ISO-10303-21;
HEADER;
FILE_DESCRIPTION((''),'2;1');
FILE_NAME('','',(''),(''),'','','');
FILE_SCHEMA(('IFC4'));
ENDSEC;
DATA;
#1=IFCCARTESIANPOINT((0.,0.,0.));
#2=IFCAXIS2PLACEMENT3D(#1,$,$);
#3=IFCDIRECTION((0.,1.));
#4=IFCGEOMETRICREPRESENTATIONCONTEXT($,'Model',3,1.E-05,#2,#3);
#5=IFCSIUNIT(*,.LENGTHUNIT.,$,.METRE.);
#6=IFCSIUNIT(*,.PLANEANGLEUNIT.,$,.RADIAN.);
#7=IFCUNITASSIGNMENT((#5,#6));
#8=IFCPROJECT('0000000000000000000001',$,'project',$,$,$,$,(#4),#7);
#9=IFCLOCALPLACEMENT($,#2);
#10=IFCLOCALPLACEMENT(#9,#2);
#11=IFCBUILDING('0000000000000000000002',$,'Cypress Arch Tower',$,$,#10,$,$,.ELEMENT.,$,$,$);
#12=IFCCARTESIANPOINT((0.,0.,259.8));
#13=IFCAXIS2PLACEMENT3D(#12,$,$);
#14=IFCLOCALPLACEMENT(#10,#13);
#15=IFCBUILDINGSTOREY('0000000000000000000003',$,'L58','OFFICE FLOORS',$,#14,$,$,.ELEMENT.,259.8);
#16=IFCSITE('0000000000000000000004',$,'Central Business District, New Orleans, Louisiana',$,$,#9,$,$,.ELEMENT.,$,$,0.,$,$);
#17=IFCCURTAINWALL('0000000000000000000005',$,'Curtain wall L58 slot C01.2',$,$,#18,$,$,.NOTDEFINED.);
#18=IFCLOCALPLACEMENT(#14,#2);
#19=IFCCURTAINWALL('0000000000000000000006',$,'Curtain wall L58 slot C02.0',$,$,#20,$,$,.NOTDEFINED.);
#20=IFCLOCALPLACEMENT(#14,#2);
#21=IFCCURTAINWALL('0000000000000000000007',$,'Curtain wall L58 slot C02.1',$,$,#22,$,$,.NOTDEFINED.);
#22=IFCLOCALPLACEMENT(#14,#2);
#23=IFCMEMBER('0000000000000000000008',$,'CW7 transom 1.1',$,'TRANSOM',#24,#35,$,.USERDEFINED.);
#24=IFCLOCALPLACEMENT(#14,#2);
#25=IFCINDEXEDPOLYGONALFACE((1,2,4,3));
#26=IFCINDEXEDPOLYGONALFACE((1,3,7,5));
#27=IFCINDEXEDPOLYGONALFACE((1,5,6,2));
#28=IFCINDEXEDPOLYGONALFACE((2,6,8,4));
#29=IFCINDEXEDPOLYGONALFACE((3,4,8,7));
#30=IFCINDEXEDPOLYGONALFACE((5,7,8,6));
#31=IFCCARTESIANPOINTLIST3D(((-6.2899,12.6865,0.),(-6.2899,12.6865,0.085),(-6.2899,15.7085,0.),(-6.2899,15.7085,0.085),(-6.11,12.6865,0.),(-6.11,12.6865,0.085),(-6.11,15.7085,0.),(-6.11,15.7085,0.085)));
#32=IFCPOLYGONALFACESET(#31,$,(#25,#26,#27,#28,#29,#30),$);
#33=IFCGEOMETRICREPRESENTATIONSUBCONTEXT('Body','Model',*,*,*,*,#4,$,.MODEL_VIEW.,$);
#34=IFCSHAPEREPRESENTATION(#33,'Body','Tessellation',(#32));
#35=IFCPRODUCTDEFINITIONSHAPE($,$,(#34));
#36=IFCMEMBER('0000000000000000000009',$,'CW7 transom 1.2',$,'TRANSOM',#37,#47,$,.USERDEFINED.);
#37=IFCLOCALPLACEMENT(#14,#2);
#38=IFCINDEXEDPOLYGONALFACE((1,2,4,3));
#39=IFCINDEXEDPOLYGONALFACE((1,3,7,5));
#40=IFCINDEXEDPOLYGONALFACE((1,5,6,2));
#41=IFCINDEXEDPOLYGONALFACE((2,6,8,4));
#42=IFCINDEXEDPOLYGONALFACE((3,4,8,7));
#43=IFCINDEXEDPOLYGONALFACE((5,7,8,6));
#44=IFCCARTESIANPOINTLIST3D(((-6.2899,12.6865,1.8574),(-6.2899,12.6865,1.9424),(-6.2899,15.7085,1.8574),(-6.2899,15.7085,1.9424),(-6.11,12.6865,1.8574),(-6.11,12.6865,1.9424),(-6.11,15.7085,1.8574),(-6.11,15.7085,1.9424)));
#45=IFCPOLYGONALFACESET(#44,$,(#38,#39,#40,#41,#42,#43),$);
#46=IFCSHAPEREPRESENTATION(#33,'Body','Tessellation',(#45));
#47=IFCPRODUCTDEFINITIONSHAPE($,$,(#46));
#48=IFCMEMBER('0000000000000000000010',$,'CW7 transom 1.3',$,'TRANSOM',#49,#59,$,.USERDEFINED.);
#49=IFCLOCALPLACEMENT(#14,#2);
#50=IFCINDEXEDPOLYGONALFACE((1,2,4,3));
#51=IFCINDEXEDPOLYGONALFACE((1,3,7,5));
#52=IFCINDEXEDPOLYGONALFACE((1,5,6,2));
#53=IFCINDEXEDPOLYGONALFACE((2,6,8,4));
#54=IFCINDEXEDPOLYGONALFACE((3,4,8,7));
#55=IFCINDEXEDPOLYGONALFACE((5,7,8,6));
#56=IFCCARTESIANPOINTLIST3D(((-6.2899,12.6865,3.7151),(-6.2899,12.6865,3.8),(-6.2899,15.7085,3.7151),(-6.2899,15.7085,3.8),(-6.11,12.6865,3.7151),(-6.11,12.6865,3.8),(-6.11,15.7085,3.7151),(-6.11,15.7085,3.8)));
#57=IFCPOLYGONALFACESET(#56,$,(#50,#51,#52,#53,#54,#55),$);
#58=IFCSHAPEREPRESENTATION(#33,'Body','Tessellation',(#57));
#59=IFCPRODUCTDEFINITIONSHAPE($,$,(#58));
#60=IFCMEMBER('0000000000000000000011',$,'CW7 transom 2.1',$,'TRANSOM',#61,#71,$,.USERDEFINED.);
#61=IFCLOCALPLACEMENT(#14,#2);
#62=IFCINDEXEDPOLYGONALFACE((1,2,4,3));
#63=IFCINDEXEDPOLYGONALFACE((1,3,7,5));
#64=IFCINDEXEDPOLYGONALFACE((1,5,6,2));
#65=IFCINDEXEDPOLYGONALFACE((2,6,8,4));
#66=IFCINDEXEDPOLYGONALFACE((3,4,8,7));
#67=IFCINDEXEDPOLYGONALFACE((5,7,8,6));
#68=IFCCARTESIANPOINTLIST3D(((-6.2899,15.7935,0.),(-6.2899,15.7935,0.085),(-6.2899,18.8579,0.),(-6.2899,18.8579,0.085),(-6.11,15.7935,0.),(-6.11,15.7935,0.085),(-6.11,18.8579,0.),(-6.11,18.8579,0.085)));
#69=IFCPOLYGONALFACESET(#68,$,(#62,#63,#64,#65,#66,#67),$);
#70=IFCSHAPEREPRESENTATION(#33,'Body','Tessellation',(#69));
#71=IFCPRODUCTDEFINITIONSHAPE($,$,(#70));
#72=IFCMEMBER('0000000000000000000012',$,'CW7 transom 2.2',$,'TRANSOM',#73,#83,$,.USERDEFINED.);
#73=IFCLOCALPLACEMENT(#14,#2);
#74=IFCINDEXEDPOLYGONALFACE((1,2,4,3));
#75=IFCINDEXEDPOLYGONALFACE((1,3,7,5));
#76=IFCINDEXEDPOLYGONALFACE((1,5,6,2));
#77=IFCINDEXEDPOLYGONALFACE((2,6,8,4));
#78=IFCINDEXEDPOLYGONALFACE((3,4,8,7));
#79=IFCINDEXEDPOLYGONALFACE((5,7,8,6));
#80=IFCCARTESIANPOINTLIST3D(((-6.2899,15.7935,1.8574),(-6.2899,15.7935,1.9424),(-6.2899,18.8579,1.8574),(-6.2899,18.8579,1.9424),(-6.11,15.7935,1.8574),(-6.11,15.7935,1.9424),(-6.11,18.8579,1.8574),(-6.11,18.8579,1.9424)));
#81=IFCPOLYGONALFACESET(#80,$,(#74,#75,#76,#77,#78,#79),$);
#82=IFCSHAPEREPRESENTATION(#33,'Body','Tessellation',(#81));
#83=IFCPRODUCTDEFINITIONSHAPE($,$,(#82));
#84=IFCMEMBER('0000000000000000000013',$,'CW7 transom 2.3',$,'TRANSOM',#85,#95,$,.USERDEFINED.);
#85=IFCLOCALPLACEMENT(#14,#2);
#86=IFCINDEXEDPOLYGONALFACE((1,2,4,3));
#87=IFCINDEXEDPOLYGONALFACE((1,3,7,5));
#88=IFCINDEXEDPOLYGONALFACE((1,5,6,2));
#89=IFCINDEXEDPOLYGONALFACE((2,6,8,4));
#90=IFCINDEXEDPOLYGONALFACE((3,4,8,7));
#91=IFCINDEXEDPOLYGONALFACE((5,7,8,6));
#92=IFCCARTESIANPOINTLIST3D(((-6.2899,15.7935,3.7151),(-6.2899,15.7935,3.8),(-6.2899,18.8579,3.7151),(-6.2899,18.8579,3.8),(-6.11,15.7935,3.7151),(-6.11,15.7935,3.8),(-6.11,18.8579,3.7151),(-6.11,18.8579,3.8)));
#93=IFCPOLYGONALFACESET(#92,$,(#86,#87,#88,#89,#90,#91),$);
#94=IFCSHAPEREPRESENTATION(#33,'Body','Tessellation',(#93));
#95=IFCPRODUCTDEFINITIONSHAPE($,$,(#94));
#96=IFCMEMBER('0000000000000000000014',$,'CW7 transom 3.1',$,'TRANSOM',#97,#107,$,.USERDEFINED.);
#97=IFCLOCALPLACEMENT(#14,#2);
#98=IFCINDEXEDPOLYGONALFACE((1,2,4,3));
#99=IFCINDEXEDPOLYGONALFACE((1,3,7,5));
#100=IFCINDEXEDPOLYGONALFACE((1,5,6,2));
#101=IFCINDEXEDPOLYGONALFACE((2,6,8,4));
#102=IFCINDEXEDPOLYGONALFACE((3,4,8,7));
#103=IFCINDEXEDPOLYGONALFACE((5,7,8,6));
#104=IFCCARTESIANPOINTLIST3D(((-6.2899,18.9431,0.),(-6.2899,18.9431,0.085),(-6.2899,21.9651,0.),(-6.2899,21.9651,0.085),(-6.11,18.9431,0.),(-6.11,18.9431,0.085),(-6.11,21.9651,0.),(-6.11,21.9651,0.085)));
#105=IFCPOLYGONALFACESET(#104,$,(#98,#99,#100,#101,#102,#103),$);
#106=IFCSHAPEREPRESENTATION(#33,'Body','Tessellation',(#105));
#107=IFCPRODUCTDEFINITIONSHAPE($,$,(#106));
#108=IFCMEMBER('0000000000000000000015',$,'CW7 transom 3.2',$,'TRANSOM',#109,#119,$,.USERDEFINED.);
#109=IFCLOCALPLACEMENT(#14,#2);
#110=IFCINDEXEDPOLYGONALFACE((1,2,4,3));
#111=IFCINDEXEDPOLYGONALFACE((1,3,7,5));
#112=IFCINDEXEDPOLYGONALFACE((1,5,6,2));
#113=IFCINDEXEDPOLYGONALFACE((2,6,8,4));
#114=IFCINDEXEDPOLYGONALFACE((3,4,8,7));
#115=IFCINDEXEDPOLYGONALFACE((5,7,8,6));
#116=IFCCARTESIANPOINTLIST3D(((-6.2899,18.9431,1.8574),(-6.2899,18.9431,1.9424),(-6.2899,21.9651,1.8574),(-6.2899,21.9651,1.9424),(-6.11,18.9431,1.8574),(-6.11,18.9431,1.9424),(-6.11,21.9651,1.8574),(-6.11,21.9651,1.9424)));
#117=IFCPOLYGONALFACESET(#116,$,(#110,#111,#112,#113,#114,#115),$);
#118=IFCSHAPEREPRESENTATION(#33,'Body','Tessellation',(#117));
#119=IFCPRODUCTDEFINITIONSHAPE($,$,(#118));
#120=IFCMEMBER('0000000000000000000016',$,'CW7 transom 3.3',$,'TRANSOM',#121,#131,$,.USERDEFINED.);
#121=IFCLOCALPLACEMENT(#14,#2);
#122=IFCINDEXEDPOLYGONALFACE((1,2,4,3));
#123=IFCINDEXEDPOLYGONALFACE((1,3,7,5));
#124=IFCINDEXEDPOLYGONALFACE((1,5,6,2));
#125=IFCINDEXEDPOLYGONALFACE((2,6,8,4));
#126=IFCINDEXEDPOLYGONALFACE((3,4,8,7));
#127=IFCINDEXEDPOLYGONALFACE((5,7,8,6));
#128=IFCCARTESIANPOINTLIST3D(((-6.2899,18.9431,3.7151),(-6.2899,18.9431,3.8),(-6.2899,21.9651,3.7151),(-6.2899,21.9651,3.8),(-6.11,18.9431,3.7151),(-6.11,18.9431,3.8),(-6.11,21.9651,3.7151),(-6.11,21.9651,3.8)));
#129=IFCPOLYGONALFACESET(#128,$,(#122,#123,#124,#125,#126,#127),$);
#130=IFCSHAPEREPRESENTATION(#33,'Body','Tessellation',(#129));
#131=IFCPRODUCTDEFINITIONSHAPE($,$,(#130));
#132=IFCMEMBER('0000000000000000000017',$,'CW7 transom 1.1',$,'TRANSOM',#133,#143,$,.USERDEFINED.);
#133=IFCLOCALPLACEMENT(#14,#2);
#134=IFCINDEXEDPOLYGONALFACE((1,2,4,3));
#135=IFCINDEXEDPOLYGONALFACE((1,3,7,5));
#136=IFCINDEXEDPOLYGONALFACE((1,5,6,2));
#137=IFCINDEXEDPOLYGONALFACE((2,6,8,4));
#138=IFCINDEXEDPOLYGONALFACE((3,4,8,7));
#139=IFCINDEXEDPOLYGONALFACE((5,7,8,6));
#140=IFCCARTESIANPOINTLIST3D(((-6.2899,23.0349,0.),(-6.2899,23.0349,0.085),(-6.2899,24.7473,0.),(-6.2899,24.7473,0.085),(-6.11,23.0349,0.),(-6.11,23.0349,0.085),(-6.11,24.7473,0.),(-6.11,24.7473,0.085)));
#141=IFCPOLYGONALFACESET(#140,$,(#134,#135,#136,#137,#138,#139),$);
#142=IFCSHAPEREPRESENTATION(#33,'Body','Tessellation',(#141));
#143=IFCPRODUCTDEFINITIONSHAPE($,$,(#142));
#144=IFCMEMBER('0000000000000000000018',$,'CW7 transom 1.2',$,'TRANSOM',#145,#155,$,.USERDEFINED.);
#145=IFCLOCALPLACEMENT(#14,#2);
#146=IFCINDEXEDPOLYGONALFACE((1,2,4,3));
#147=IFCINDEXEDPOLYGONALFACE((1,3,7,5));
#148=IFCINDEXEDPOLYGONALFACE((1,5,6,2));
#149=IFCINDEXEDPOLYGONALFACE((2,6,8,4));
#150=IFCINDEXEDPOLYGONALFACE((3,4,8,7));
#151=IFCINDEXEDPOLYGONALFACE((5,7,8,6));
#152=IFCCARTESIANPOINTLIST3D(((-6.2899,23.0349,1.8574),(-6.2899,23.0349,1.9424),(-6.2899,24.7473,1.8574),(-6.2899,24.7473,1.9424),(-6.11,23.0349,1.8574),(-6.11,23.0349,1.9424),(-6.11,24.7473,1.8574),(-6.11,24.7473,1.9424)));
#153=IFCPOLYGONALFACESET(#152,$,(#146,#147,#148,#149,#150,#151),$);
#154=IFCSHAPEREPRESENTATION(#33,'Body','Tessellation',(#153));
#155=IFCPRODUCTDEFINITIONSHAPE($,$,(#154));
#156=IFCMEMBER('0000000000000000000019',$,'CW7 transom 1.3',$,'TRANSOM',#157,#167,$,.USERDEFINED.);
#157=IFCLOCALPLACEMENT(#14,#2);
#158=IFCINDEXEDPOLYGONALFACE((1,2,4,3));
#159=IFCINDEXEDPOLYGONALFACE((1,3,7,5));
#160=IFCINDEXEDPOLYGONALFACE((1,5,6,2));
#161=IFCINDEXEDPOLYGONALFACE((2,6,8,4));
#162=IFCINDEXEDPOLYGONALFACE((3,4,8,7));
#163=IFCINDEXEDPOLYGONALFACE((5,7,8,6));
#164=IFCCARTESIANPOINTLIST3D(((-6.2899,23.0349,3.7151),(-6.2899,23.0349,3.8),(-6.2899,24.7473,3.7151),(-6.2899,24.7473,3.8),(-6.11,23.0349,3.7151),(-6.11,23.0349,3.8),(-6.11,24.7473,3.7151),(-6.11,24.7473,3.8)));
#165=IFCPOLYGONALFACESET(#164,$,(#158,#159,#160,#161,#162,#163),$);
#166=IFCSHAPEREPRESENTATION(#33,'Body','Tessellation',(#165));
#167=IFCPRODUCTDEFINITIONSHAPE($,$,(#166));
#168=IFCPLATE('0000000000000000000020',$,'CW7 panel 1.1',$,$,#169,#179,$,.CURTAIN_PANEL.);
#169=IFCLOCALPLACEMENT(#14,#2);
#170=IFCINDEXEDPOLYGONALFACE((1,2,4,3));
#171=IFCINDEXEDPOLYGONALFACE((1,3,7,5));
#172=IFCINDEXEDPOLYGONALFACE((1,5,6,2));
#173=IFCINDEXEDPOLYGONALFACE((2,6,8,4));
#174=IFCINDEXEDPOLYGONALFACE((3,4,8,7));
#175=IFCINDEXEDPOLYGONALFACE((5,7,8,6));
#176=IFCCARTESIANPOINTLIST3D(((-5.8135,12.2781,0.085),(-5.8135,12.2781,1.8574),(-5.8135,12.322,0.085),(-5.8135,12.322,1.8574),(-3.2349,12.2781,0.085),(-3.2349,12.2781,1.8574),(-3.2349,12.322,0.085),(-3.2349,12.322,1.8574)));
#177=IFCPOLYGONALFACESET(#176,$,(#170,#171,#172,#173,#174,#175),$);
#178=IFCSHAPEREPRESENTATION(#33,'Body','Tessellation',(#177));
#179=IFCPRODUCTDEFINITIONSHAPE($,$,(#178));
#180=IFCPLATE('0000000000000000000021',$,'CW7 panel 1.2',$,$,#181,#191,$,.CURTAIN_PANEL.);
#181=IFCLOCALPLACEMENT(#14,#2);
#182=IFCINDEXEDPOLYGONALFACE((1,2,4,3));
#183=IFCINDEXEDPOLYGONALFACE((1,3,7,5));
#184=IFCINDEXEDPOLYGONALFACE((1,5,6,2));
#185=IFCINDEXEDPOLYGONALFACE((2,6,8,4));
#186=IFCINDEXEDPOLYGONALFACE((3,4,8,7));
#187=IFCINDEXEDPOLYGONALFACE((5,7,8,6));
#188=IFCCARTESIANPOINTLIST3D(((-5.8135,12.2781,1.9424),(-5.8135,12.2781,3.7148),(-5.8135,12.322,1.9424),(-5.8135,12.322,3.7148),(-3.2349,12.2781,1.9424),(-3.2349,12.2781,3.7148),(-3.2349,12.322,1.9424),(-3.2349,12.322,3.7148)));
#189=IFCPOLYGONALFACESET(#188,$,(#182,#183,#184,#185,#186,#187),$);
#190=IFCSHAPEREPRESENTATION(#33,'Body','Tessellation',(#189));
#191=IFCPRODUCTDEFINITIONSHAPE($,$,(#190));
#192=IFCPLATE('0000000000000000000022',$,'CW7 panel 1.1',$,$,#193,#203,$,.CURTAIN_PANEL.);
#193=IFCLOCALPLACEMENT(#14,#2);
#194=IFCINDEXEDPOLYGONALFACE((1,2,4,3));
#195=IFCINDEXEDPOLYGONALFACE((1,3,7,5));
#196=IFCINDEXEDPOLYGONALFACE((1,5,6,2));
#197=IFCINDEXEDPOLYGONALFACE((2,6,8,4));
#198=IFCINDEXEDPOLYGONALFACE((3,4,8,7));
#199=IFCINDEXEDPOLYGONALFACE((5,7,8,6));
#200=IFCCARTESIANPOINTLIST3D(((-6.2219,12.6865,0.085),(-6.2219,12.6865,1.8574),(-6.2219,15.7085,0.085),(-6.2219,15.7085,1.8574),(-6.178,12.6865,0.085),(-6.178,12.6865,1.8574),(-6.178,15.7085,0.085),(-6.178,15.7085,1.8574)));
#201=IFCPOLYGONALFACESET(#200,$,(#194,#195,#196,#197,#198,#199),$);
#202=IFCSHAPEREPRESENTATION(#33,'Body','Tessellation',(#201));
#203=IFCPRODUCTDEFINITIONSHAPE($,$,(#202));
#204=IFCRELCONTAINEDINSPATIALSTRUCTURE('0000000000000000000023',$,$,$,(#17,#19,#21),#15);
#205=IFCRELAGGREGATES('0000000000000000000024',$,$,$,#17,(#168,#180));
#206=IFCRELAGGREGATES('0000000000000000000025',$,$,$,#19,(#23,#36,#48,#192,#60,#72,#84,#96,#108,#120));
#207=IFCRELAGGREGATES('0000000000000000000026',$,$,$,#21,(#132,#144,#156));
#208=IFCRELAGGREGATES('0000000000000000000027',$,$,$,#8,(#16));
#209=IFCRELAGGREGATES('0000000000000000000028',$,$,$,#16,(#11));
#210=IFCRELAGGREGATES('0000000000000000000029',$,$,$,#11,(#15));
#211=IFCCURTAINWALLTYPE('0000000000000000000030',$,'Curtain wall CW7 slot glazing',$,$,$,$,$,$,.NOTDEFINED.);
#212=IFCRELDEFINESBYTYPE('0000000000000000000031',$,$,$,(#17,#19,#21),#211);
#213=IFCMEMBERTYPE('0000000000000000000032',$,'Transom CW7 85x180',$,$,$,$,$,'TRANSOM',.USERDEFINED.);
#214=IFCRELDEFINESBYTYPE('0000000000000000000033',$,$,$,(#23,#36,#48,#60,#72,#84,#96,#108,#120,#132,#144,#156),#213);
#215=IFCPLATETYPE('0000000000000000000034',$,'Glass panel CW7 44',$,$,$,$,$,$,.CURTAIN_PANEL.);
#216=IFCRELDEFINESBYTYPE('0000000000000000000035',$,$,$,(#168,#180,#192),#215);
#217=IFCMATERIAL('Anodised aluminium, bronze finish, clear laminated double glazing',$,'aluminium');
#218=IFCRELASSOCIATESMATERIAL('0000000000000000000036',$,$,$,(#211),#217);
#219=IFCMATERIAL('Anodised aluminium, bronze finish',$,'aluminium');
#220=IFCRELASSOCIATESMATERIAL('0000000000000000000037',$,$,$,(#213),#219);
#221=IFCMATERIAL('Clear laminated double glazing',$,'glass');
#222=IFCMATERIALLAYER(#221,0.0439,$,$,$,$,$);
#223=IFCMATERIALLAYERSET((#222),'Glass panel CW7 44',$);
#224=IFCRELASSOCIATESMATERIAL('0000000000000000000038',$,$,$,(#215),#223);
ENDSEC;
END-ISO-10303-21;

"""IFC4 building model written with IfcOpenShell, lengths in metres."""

from ifc_helpers import new_model, si_unit, direction, frame, origin, origin_2d, place, context, subcontext, project, spatial, rectangle, extrude, material, layer, layer_set, material_profile, profile_set, type_object, element, aggregate, save


model = new_model("IFC4")

# Units and contexts
model_context = context("Model", 3, precision=1e-05, world=origin(), true_north=direction((0.0, 1.0)))
body_context = subcontext(model_context, "Body", "Model", "MODEL_VIEW")
ifc_project = project(units=[si_unit("LENGTHUNIT", "METRE"), si_unit("PLANEANGLEUNIT", "RADIAN")], contexts=[model_context])

# Site, building, storey
site_placement = place(None, origin())
site = spatial("IfcSite", under=ifc_project, at=site_placement, Name="Central Business District, New Orleans, Louisiana", CompositionType="ELEMENT", RefElevation=0.0)
building_placement = place(site_placement, origin())
building = spatial("IfcBuilding", under=site, at=building_placement, Name="Cypress Arch Tower", CompositionType="ELEMENT")
storey_placement = place(building_placement, frame((0.0, 0.0, 259.8)))
storey = spatial("IfcBuildingStorey", under=building, at=storey_placement, Name="L58", Description="OFFICE FLOORS", CompositionType="ELEMENT", Elevation=259.8)

# Shared definitions
ifc_material_1 = material(Name="Anodised aluminium, bronze finish, clear laminated double glazing", Category="aluminium")
curtain_wall_type = type_object("IfcCurtainWallType", Name="Curtain wall CW7 slot glazing", PredefinedType="NOTDEFINED", material=ifc_material_1)

# Curtain walls
curtain_wall_1_placement = place(storey_placement, origin())
curtain_wall_1 = element("IfcCurtainWall", 1, at=curtain_wall_1_placement, inside=storey, type_object=curtain_wall_type, Name="Curtain wall L58 slot C01.2", PredefinedType="NOTDEFINED")
curtain_wall_2_placement = place(storey_placement, origin())
curtain_wall_2 = element("IfcCurtainWall", 2, at=curtain_wall_2_placement, inside=storey, type_object=curtain_wall_type, Name="Curtain wall L58 slot C02.0", PredefinedType="NOTDEFINED")
curtain_wall_3_placement = place(storey_placement, origin())
curtain_wall_3 = element("IfcCurtainWall", 3, at=curtain_wall_3_placement, inside=storey, type_object=curtain_wall_type, Name="Curtain wall L58 slot C02.1", PredefinedType="NOTDEFINED")

# Members
ifc_material_2 = material(Name="Anodised aluminium, bronze finish", Category="aluminium")
ifc_material_profile_1 = material_profile(ifc_material_2, rectangle(XDim=0.1799, YDim=0.085, at=origin_2d()), Name="Transom 85x180")
ifc_profile_set_1 = profile_set([ifc_material_profile_1], Name="Anodised aluminium, bronze finish")
member_type_1 = type_object("IfcMemberType", Name="Transom CW7 85x180", ElementType="TRANSOM", PredefinedType="USERDEFINED", material=ifc_profile_set_1)
member_1_placement = place(storey_placement, frame((-6.2, 12.6865, 0.0425), z_axis=(0.0, 1.0, 0.0), x_axis=(-1.0, 0.0, 0.0)))
member_1 = element("IfcMember", 4, at=member_1_placement, type_object=member_type_1, Name="CW7 transom 1.1", ObjectType="TRANSOM", PredefinedType="USERDEFINED", context=body_context, shape_type="SweptSolid", body=[
    extrude(rectangle(XDim=0.1799, YDim=0.085, at=origin_2d()), origin(), (0.0, 0.0, 1.0), 3.022),
])
member_2_placement = place(storey_placement, frame((-6.2, 12.6865, 1.8999), z_axis=(0.0, 1.0, 0.0), x_axis=(-1.0, 0.0, 0.0)))
member_2 = element("IfcMember", 5, at=member_2_placement, type_object=member_type_1, Name="CW7 transom 1.2", ObjectType="TRANSOM", PredefinedType="USERDEFINED", context=body_context, shape_type="SweptSolid", body=[
    extrude(rectangle(XDim=0.1799, YDim=0.085, at=origin_2d()), origin(), (0.0, 0.0, 1.0), 3.022),
])
member_3_placement = place(storey_placement, frame((-6.2, 12.6865, 3.7576), z_axis=(0.0, 1.0, 0.0), x_axis=(-1.0, 0.0, 0.0)))
member_3 = element("IfcMember", 6, at=member_3_placement, type_object=member_type_1, Name="CW7 transom 1.3", ObjectType="TRANSOM", PredefinedType="USERDEFINED", context=body_context, shape_type="SweptSolid", body=[
    extrude(rectangle(XDim=0.1799, YDim=0.085, at=origin_2d()), origin(), (0.0, 0.0, 1.0), 3.022),
])
member_4_placement = place(storey_placement, frame((-6.2, 15.7935, 0.0425), z_axis=(0.0, 1.0, 0.0), x_axis=(-1.0, 0.0, 0.0)))
member_4 = element("IfcMember", 7, at=member_4_placement, type_object=member_type_1, Name="CW7 transom 2.1", ObjectType="TRANSOM", PredefinedType="USERDEFINED", context=body_context, shape_type="SweptSolid", body=[
    extrude(rectangle(XDim=0.1799, YDim=0.085, at=origin_2d()), origin(), (0.0, 0.0, 1.0), 3.0645),
])
member_5_placement = place(storey_placement, frame((-6.2, 15.7935, 1.8999), z_axis=(0.0, 1.0, 0.0), x_axis=(-1.0, 0.0, 0.0)))
member_5 = element("IfcMember", 8, at=member_5_placement, type_object=member_type_1, Name="CW7 transom 2.2", ObjectType="TRANSOM", PredefinedType="USERDEFINED", context=body_context, shape_type="SweptSolid", body=[
    extrude(rectangle(XDim=0.1799, YDim=0.085, at=origin_2d()), origin(), (0.0, 0.0, 1.0), 3.0645),
])
member_6_placement = place(storey_placement, frame((-6.2, 15.7935, 3.7576), z_axis=(0.0, 1.0, 0.0), x_axis=(-1.0, 0.0, 0.0)))
member_6 = element("IfcMember", 9, at=member_6_placement, type_object=member_type_1, Name="CW7 transom 2.3", ObjectType="TRANSOM", PredefinedType="USERDEFINED", context=body_context, shape_type="SweptSolid", body=[
    extrude(rectangle(XDim=0.1799, YDim=0.085, at=origin_2d()), origin(), (0.0, 0.0, 1.0), 3.0645),
])
member_7_placement = place(storey_placement, frame((-6.2, 18.9431, 0.0425), z_axis=(0.0, 1.0, 0.0), x_axis=(-1.0, 0.0, 0.0)))
member_7 = element("IfcMember", 10, at=member_7_placement, type_object=member_type_1, Name="CW7 transom 3.1", ObjectType="TRANSOM", PredefinedType="USERDEFINED", context=body_context, shape_type="SweptSolid", body=[
    extrude(rectangle(XDim=0.1799, YDim=0.085, at=origin_2d()), origin(), (0.0, 0.0, 1.0), 3.022),
])
member_8_placement = place(storey_placement, frame((-6.2, 18.9431, 1.8999), z_axis=(0.0, 1.0, 0.0), x_axis=(-1.0, 0.0, 0.0)))
member_8 = element("IfcMember", 11, at=member_8_placement, type_object=member_type_1, Name="CW7 transom 3.2", ObjectType="TRANSOM", PredefinedType="USERDEFINED", context=body_context, shape_type="SweptSolid", body=[
    extrude(rectangle(XDim=0.1799, YDim=0.085, at=origin_2d()), origin(), (0.0, 0.0, 1.0), 3.022),
])
member_9_placement = place(storey_placement, frame((-6.2, 18.9431, 3.7576), z_axis=(0.0, 1.0, 0.0), x_axis=(-1.0, 0.0, 0.0)))
member_9 = element("IfcMember", 12, at=member_9_placement, type_object=member_type_1, Name="CW7 transom 3.3", ObjectType="TRANSOM", PredefinedType="USERDEFINED", context=body_context, shape_type="SweptSolid", body=[
    extrude(rectangle(XDim=0.1799, YDim=0.085, at=origin_2d()), origin(), (0.0, 0.0, 1.0), 3.022),
])
member_10_placement = place(storey_placement, frame((-6.2, 23.0349, 0.0425), z_axis=(0.0, 1.0, 0.0), x_axis=(-1.0, 0.0, 0.0)))
member_10 = element("IfcMember", 13, at=member_10_placement, type_object=member_type_1, Name="CW7 transom 1.1", ObjectType="TRANSOM", PredefinedType="USERDEFINED", context=body_context, shape_type="SweptSolid", body=[
    extrude(rectangle(XDim=0.1799, YDim=0.085, at=origin_2d()), origin(), (0.0, 0.0, 1.0), 1.7124),
])
member_11_placement = place(storey_placement, frame((-6.2, 23.0349, 1.8999), z_axis=(0.0, 1.0, 0.0), x_axis=(-1.0, 0.0, 0.0)))
member_11 = element("IfcMember", 14, at=member_11_placement, type_object=member_type_1, Name="CW7 transom 1.2", ObjectType="TRANSOM", PredefinedType="USERDEFINED", context=body_context, shape_type="SweptSolid", body=[
    extrude(rectangle(XDim=0.1799, YDim=0.085, at=origin_2d()), origin(), (0.0, 0.0, 1.0), 1.7124),
])
member_12_placement = place(storey_placement, frame((-6.2, 23.0349, 3.7576), z_axis=(0.0, 1.0, 0.0), x_axis=(-1.0, 0.0, 0.0)))
member_12 = element("IfcMember", 15, at=member_12_placement, type_object=member_type_1, Name="CW7 transom 1.3", ObjectType="TRANSOM", PredefinedType="USERDEFINED", context=body_context, shape_type="SweptSolid", body=[
    extrude(rectangle(XDim=0.1799, YDim=0.085, at=origin_2d()), origin(), (0.0, 0.0, 1.0), 1.7124),
])

# Plates
ifc_material_3 = material(Name="Clear laminated double glazing", Category="glass")
ifc_layer = layer(ifc_material_3, 0.0439)
ifc_layer_set = layer_set([ifc_layer], Name="Glass panel CW7 44")
plate_type = type_object("IfcPlateType", Name="Glass panel CW7 44", PredefinedType="CURTAIN_PANEL", material=ifc_layer_set)
plate_1_placement = place(storey_placement, frame((-4.5242, 12.3, 0.085), z_axis=(0.0, 0.0, 1.0), x_axis=(-1.0, 0.0, 0.0)))
plate_1 = element("IfcPlate", 16, at=plate_1_placement, type_object=plate_type, Name="CW7 panel 1.1", PredefinedType="CURTAIN_PANEL", context=body_context, shape_type="SweptSolid", body=[
    extrude(rectangle(XDim=2.5786, YDim=0.0439, at=origin_2d()), origin(), (0.0, 0.0, 1.0), 1.7725),
])
plate_2_placement = place(storey_placement, frame((-4.5242, 12.3, 1.9424), z_axis=(0.0, 0.0, 1.0), x_axis=(-1.0, 0.0, 0.0)))
plate_2 = element("IfcPlate", 17, at=plate_2_placement, type_object=plate_type, Name="CW7 panel 1.2", PredefinedType="CURTAIN_PANEL", context=body_context, shape_type="SweptSolid", body=[
    extrude(rectangle(XDim=2.5786, YDim=0.0439, at=origin_2d()), origin(), (0.0, 0.0, 1.0), 1.7725),
])
aggregate(curtain_wall_1, [plate_1, plate_2])
plate_3_placement = place(storey_placement, frame((-6.2, 14.1975, 0.085), z_axis=(0.0, 0.0, 1.0), x_axis=(0.0, 1.0, 0.0)))
plate_3 = element("IfcPlate", 18, at=plate_3_placement, type_object=plate_type, Name="CW7 panel 1.1", PredefinedType="CURTAIN_PANEL", context=body_context, shape_type="SweptSolid", body=[
    extrude(rectangle(XDim=3.022, YDim=0.0439, at=origin_2d()), origin(), (0.0, 0.0, 1.0), 1.7725),
])
aggregate(curtain_wall_2, [member_1, member_2, member_3, plate_3, member_4, member_5, member_6, member_7, member_8, member_9])
aggregate(curtain_wall_3, [member_10, member_11, member_12])

save(model, "model.ifc")
